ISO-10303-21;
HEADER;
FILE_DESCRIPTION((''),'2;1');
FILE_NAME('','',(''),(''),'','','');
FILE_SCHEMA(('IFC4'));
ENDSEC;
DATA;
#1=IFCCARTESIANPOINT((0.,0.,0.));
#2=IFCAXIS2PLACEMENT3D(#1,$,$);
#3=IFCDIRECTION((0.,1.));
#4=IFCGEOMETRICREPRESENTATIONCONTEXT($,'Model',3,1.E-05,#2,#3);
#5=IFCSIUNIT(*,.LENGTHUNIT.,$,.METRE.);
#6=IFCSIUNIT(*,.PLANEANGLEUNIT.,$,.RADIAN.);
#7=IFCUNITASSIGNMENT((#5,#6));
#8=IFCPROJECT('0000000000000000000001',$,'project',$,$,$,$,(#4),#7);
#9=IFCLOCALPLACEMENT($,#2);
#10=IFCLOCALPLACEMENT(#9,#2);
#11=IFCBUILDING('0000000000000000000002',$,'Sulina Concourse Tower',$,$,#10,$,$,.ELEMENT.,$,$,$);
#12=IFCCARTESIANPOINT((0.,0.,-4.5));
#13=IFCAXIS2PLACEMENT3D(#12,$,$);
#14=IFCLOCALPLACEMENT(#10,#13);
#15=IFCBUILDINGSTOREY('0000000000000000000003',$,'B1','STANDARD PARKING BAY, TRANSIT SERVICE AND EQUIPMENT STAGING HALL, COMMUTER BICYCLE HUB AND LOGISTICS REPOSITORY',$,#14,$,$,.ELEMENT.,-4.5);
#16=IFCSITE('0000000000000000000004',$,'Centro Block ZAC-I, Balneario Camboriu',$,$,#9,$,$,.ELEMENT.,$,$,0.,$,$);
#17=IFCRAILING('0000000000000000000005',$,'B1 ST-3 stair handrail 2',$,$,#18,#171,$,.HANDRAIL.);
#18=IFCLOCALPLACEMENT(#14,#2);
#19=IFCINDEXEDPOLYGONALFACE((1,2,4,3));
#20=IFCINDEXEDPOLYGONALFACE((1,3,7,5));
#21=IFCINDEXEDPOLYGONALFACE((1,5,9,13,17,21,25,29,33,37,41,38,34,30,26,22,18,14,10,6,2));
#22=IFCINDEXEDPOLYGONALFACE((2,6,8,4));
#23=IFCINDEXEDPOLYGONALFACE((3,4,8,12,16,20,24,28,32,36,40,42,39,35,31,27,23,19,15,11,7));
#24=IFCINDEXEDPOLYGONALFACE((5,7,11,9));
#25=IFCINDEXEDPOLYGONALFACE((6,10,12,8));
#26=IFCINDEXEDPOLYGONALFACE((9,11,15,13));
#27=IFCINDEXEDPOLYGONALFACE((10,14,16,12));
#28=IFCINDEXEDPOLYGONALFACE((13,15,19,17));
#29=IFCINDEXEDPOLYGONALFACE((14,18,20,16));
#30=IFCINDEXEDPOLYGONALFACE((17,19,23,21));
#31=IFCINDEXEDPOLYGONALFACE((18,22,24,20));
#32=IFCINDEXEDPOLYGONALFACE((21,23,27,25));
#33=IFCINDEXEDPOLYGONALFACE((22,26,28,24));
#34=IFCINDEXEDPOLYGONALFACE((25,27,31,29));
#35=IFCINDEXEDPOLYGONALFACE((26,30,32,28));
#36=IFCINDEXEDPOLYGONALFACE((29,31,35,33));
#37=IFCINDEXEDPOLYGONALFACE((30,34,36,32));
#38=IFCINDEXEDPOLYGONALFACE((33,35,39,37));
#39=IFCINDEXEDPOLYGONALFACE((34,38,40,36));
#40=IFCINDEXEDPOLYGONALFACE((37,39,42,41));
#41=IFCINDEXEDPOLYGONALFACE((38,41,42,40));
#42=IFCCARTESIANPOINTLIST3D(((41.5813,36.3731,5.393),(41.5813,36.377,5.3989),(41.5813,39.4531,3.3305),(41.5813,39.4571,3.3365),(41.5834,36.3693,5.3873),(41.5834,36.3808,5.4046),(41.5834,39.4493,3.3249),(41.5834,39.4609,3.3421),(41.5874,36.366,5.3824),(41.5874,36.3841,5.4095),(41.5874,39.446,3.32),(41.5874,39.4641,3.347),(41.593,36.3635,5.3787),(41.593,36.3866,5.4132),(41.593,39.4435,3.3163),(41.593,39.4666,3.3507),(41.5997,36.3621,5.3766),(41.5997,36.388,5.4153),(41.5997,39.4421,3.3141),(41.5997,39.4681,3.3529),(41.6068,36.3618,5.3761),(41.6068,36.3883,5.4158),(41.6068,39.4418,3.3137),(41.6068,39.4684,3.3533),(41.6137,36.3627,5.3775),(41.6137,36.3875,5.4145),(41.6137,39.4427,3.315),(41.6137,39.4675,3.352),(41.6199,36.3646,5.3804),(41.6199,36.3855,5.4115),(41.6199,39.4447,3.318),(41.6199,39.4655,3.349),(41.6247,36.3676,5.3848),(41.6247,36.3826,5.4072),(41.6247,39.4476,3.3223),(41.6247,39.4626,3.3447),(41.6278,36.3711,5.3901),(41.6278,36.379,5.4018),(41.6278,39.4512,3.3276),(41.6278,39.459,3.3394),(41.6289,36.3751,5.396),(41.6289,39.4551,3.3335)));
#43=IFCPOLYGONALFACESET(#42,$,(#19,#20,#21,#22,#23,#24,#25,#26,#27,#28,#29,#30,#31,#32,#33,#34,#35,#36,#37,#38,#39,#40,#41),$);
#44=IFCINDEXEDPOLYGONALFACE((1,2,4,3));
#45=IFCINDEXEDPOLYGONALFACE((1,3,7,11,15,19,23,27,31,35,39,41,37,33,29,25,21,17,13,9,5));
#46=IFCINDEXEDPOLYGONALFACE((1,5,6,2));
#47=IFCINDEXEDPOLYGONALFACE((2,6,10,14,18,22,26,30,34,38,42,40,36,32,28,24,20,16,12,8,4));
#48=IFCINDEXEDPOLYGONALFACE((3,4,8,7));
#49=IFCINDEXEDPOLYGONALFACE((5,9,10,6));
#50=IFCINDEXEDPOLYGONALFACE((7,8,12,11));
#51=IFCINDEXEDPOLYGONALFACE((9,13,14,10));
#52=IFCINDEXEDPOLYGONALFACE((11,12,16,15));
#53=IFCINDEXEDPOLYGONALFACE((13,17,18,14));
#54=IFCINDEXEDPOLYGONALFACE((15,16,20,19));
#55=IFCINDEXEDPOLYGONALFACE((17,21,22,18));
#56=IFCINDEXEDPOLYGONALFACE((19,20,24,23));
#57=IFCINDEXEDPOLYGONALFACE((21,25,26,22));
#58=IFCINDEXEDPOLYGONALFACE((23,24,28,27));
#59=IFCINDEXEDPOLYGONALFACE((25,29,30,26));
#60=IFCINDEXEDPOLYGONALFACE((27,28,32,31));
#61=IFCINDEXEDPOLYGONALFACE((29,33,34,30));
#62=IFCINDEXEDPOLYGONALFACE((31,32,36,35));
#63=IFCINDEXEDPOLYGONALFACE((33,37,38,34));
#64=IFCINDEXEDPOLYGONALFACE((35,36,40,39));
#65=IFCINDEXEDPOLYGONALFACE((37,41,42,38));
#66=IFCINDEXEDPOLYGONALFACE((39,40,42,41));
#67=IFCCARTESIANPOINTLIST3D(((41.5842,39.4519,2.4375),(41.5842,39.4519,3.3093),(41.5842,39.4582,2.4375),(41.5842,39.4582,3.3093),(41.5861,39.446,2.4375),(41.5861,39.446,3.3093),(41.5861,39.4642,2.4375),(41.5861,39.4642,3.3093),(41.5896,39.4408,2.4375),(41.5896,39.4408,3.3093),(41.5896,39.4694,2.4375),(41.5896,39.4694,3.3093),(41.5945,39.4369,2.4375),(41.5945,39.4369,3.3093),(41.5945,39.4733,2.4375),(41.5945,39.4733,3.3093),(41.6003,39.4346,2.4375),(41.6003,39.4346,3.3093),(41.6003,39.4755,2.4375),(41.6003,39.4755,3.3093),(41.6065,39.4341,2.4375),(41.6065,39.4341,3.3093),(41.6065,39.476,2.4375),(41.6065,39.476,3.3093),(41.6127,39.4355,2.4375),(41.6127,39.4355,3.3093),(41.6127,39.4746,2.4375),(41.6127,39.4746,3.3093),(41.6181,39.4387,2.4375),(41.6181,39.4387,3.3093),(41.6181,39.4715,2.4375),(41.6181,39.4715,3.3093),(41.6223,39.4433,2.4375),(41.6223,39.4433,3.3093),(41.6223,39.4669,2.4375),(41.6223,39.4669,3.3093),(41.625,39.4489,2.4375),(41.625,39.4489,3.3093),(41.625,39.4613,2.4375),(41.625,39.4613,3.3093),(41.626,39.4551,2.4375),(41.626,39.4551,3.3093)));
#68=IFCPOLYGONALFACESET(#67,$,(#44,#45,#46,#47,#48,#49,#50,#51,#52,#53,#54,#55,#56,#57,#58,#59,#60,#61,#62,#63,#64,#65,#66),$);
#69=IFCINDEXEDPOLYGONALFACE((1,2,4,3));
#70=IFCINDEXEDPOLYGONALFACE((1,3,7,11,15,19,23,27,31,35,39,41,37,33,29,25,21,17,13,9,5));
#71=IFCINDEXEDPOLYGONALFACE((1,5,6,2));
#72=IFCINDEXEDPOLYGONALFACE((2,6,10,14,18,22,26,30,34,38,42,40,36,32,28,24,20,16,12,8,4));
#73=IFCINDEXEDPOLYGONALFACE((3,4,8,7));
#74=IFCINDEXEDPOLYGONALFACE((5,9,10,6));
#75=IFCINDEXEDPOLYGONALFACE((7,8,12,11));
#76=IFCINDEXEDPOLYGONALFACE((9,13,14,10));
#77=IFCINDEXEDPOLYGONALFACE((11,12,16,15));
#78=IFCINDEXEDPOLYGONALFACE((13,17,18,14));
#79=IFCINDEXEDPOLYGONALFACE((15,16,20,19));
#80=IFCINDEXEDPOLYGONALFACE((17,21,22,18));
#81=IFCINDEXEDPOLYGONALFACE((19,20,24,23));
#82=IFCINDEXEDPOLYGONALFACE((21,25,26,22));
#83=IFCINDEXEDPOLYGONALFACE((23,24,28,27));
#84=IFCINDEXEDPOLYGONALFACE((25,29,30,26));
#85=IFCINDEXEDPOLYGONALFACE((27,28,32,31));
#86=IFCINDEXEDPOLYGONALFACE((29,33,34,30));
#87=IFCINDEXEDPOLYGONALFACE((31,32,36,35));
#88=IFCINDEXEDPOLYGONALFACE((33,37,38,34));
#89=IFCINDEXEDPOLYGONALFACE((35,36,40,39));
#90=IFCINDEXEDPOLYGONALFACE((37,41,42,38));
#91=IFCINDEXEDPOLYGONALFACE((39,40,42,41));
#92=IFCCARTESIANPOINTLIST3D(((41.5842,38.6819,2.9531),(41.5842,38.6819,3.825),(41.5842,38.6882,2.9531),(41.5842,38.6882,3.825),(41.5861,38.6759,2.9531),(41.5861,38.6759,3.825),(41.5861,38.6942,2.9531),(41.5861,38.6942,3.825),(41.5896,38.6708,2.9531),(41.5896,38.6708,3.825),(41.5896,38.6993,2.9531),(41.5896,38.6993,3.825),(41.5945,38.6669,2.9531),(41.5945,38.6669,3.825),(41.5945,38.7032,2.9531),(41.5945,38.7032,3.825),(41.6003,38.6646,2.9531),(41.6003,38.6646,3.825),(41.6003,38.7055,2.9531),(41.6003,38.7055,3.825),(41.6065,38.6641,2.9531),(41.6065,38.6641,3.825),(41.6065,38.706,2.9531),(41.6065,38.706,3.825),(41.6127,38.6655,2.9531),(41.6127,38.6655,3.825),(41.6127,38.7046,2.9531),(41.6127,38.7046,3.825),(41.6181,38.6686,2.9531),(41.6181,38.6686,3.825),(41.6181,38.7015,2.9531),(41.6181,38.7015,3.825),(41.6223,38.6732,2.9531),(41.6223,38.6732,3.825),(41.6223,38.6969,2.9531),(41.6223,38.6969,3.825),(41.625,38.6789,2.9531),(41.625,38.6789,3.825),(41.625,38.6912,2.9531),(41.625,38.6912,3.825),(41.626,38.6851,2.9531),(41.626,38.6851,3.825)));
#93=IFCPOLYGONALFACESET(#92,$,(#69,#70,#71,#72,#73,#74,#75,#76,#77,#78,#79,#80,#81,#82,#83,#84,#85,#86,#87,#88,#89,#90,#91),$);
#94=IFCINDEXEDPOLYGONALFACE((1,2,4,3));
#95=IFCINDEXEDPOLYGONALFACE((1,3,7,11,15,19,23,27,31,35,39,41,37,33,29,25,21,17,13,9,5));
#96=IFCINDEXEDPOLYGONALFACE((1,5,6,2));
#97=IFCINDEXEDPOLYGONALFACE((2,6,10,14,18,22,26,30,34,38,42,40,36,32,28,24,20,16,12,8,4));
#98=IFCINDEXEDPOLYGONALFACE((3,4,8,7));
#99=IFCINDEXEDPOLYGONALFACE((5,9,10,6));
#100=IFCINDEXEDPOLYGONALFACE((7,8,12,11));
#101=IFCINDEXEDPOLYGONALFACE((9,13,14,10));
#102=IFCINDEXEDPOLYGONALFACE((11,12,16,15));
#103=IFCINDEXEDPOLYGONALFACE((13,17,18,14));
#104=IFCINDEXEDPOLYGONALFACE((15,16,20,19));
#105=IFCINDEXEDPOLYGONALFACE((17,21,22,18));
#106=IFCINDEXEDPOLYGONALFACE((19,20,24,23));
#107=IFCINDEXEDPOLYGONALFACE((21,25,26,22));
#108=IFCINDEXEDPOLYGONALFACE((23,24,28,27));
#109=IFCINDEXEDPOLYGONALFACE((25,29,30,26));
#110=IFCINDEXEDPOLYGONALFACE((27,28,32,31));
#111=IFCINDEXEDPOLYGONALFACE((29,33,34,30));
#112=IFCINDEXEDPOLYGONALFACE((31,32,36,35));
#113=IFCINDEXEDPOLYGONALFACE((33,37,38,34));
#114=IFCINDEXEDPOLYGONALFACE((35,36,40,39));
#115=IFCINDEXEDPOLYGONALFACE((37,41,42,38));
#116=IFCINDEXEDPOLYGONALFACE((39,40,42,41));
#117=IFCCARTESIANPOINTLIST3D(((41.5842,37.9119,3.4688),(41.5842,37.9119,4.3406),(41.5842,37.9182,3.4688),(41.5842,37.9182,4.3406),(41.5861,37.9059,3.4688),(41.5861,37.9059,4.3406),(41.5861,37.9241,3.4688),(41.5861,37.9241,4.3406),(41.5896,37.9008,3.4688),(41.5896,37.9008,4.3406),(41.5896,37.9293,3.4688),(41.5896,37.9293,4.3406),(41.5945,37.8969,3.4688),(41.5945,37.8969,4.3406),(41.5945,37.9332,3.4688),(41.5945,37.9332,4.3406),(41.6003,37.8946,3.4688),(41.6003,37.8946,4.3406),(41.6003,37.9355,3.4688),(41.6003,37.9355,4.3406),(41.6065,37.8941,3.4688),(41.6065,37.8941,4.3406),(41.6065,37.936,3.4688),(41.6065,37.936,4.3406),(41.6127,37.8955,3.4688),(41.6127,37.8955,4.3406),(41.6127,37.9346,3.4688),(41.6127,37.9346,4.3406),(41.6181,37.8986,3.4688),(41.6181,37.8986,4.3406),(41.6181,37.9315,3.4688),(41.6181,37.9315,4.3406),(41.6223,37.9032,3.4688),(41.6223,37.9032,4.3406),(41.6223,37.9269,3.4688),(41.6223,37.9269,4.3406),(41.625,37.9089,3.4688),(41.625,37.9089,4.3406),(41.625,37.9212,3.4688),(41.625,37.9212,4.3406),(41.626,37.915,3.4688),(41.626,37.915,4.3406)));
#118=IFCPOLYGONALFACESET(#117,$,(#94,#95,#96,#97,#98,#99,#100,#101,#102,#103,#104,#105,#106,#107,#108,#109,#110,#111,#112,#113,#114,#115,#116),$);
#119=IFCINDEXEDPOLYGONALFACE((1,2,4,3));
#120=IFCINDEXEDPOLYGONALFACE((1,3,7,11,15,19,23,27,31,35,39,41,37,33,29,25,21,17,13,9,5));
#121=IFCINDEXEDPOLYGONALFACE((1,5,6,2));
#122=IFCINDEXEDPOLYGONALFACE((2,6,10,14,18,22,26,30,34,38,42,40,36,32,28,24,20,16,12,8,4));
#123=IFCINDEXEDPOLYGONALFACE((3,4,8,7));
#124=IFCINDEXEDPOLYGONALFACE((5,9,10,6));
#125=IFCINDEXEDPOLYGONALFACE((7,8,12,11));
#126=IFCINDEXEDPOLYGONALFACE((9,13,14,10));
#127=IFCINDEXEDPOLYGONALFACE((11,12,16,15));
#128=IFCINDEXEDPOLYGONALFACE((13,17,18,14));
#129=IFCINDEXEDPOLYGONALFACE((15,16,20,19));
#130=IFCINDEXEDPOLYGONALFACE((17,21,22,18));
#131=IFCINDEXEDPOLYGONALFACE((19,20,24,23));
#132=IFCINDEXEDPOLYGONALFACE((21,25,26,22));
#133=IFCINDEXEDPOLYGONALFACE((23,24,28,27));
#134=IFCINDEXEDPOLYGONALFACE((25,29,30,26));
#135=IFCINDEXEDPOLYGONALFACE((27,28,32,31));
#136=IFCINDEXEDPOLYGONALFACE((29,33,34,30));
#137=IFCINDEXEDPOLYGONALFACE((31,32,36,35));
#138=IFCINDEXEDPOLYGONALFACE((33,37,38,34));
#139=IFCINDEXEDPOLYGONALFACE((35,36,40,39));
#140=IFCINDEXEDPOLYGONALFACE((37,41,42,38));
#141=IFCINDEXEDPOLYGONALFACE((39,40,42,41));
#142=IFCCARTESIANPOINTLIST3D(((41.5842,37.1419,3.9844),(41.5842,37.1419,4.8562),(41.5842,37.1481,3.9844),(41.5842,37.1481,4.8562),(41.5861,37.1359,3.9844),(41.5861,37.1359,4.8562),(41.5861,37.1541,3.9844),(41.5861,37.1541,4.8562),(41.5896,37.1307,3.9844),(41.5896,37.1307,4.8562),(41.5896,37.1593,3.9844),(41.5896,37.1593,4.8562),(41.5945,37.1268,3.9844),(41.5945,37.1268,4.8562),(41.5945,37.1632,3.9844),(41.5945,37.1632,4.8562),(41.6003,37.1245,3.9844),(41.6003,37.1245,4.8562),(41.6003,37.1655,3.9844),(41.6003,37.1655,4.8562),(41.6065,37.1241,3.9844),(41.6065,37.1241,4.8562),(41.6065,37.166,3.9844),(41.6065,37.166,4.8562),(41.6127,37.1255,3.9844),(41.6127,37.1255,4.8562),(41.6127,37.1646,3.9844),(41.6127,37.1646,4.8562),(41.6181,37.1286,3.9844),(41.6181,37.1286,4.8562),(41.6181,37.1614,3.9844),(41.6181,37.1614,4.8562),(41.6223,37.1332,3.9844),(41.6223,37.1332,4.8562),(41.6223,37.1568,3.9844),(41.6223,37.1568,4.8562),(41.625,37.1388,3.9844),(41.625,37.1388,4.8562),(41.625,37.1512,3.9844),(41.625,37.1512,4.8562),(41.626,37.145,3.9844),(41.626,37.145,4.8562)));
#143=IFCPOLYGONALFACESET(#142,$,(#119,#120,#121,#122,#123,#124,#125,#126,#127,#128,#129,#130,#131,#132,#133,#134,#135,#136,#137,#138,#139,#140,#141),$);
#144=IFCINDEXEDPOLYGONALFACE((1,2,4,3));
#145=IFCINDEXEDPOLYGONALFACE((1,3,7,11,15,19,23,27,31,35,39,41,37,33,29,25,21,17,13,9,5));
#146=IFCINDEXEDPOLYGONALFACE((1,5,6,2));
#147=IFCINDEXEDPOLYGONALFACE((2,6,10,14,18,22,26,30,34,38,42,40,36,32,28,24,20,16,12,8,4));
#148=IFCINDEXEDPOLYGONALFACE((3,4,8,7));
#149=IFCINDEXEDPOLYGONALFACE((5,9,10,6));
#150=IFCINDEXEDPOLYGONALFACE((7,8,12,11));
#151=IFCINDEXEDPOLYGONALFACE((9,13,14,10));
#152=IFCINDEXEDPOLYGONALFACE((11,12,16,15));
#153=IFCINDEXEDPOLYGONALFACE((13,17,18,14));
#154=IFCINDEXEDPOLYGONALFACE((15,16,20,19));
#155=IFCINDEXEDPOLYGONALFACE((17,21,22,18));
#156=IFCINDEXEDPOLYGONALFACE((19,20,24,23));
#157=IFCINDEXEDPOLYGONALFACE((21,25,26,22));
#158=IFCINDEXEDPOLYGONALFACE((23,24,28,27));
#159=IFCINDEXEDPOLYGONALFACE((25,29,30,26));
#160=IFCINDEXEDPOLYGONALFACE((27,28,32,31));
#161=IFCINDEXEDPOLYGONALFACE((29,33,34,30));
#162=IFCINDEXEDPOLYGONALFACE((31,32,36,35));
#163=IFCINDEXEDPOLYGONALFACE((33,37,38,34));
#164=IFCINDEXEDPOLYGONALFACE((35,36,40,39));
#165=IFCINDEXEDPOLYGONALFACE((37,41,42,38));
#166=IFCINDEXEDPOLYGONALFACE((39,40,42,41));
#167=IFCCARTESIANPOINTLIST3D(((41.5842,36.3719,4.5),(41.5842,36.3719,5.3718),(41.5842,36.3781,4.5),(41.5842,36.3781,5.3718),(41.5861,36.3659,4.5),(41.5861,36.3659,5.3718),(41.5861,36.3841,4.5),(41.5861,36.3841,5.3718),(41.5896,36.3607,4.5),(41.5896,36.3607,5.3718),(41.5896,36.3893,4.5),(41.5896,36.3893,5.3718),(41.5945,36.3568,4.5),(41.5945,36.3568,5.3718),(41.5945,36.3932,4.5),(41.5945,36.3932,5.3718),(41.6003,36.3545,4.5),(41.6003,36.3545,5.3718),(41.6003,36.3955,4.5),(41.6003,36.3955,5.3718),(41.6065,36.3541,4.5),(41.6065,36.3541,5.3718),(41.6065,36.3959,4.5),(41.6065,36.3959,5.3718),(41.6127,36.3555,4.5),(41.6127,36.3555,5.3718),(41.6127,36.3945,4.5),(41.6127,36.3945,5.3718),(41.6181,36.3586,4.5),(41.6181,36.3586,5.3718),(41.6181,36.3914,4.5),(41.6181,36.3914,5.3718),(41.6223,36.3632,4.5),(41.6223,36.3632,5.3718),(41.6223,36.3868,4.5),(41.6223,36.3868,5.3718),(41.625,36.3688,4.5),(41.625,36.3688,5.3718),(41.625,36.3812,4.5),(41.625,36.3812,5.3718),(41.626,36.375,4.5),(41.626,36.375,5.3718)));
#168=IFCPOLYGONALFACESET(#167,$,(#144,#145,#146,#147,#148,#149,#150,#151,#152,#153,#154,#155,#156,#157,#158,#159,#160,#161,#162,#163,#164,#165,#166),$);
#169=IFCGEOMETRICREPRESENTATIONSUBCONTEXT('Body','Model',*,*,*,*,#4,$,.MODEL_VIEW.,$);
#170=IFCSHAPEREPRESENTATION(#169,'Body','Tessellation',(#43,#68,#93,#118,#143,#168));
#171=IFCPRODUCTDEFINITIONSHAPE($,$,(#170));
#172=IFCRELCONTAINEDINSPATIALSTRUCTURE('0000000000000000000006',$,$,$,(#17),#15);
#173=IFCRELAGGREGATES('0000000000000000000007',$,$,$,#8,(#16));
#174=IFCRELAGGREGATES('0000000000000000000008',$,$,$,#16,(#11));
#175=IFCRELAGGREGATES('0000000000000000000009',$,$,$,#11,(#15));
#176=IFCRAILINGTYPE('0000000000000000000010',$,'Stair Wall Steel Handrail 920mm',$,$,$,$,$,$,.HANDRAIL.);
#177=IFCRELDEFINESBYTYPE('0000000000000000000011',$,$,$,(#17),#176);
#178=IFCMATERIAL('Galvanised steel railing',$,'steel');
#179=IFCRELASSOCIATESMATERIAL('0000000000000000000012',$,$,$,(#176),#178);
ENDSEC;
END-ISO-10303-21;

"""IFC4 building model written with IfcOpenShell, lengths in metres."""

from ifc_helpers import new_model, si_unit, direction, frame, origin, origin_2d, place, context, subcontext, project, spatial, circle, extrude, material, type_object, element, save


model = new_model("IFC4")

# Units and contexts
model_context = context("Model", 3, precision=1e-05, world=origin(), true_north=direction((0.0, 1.0)))
body_context = subcontext(model_context, "Body", "Model", "MODEL_VIEW")
ifc_project = project(units=[si_unit("LENGTHUNIT", "METRE"), si_unit("PLANEANGLEUNIT", "RADIAN")], contexts=[model_context])

# Site, building, storey
site_placement = place(None, origin())
site = spatial("IfcSite", under=ifc_project, at=site_placement, Name="Centro Block ZAC-I, Balneario Camboriu", CompositionType="ELEMENT", RefElevation=0.0)
building_placement = place(site_placement, origin())
building = spatial("IfcBuilding", under=site, at=building_placement, Name="Sulina Concourse Tower", CompositionType="ELEMENT")
storey_placement = place(building_placement, frame((0.0, 0.0, -4.5)))
storey = spatial("IfcBuildingStorey", under=building, at=storey_placement, Name="B1", Description="STANDARD PARKING BAY, TRANSIT SERVICE AND EQUIPMENT STAGING HALL, COMMUTER BICYCLE HUB AND LOGISTICS REPOSITORY", CompositionType="ELEMENT", Elevation=-4.5)

# Railing
ifc_material_1 = material(Name="Galvanised steel railing", Category="steel")
railing_type_1 = type_object("IfcRailingType", Name="Stair Wall Steel Handrail 920mm", PredefinedType="HANDRAIL", material=ifc_material_1)
railing_1_placement = place(storey_placement, frame((41.605, 39.4551, 2.4375)))
element("IfcRailing", 1, at=railing_1_placement, inside=storey, type_object=railing_type_1, Name="B1 ST-3 stair handrail 2", PredefinedType="HANDRAIL", context=body_context, shape_type="SweptSolid", body=[
    extrude(circle(Radius=0.0239, at=origin_2d()), frame((0.0, 0.0, 0.896), z_axis=(0.0, -0.830914, 0.556401), x_axis=(1.0, 0.0, 0.0)), (0.0, 0.0, 1.0), 3.7068),
    extrude(circle(Radius=0.021, at=origin_2d()), origin(), (0.0, 0.0, 1.0), 0.8718),
    extrude(circle(Radius=0.021, at=origin_2d()), frame((0.0, -0.77, 0.5156)), (0.0, 0.0, 1.0), 0.8718),
    extrude(circle(Radius=0.021, at=origin_2d()), frame((0.0, -1.54, 1.0312)), (0.0, 0.0, 1.0), 0.8718),
    extrude(circle(Radius=0.021, at=origin_2d()), frame((0.0, -2.3101, 1.5469)), (0.0, 0.0, 1.0), 0.8718),
    extrude(circle(Radius=0.021, at=origin_2d()), frame((0.0, -3.0801, 2.0625)), (0.0, 0.0, 1.0), 0.8718),
])

save(model, "model.ifc")
